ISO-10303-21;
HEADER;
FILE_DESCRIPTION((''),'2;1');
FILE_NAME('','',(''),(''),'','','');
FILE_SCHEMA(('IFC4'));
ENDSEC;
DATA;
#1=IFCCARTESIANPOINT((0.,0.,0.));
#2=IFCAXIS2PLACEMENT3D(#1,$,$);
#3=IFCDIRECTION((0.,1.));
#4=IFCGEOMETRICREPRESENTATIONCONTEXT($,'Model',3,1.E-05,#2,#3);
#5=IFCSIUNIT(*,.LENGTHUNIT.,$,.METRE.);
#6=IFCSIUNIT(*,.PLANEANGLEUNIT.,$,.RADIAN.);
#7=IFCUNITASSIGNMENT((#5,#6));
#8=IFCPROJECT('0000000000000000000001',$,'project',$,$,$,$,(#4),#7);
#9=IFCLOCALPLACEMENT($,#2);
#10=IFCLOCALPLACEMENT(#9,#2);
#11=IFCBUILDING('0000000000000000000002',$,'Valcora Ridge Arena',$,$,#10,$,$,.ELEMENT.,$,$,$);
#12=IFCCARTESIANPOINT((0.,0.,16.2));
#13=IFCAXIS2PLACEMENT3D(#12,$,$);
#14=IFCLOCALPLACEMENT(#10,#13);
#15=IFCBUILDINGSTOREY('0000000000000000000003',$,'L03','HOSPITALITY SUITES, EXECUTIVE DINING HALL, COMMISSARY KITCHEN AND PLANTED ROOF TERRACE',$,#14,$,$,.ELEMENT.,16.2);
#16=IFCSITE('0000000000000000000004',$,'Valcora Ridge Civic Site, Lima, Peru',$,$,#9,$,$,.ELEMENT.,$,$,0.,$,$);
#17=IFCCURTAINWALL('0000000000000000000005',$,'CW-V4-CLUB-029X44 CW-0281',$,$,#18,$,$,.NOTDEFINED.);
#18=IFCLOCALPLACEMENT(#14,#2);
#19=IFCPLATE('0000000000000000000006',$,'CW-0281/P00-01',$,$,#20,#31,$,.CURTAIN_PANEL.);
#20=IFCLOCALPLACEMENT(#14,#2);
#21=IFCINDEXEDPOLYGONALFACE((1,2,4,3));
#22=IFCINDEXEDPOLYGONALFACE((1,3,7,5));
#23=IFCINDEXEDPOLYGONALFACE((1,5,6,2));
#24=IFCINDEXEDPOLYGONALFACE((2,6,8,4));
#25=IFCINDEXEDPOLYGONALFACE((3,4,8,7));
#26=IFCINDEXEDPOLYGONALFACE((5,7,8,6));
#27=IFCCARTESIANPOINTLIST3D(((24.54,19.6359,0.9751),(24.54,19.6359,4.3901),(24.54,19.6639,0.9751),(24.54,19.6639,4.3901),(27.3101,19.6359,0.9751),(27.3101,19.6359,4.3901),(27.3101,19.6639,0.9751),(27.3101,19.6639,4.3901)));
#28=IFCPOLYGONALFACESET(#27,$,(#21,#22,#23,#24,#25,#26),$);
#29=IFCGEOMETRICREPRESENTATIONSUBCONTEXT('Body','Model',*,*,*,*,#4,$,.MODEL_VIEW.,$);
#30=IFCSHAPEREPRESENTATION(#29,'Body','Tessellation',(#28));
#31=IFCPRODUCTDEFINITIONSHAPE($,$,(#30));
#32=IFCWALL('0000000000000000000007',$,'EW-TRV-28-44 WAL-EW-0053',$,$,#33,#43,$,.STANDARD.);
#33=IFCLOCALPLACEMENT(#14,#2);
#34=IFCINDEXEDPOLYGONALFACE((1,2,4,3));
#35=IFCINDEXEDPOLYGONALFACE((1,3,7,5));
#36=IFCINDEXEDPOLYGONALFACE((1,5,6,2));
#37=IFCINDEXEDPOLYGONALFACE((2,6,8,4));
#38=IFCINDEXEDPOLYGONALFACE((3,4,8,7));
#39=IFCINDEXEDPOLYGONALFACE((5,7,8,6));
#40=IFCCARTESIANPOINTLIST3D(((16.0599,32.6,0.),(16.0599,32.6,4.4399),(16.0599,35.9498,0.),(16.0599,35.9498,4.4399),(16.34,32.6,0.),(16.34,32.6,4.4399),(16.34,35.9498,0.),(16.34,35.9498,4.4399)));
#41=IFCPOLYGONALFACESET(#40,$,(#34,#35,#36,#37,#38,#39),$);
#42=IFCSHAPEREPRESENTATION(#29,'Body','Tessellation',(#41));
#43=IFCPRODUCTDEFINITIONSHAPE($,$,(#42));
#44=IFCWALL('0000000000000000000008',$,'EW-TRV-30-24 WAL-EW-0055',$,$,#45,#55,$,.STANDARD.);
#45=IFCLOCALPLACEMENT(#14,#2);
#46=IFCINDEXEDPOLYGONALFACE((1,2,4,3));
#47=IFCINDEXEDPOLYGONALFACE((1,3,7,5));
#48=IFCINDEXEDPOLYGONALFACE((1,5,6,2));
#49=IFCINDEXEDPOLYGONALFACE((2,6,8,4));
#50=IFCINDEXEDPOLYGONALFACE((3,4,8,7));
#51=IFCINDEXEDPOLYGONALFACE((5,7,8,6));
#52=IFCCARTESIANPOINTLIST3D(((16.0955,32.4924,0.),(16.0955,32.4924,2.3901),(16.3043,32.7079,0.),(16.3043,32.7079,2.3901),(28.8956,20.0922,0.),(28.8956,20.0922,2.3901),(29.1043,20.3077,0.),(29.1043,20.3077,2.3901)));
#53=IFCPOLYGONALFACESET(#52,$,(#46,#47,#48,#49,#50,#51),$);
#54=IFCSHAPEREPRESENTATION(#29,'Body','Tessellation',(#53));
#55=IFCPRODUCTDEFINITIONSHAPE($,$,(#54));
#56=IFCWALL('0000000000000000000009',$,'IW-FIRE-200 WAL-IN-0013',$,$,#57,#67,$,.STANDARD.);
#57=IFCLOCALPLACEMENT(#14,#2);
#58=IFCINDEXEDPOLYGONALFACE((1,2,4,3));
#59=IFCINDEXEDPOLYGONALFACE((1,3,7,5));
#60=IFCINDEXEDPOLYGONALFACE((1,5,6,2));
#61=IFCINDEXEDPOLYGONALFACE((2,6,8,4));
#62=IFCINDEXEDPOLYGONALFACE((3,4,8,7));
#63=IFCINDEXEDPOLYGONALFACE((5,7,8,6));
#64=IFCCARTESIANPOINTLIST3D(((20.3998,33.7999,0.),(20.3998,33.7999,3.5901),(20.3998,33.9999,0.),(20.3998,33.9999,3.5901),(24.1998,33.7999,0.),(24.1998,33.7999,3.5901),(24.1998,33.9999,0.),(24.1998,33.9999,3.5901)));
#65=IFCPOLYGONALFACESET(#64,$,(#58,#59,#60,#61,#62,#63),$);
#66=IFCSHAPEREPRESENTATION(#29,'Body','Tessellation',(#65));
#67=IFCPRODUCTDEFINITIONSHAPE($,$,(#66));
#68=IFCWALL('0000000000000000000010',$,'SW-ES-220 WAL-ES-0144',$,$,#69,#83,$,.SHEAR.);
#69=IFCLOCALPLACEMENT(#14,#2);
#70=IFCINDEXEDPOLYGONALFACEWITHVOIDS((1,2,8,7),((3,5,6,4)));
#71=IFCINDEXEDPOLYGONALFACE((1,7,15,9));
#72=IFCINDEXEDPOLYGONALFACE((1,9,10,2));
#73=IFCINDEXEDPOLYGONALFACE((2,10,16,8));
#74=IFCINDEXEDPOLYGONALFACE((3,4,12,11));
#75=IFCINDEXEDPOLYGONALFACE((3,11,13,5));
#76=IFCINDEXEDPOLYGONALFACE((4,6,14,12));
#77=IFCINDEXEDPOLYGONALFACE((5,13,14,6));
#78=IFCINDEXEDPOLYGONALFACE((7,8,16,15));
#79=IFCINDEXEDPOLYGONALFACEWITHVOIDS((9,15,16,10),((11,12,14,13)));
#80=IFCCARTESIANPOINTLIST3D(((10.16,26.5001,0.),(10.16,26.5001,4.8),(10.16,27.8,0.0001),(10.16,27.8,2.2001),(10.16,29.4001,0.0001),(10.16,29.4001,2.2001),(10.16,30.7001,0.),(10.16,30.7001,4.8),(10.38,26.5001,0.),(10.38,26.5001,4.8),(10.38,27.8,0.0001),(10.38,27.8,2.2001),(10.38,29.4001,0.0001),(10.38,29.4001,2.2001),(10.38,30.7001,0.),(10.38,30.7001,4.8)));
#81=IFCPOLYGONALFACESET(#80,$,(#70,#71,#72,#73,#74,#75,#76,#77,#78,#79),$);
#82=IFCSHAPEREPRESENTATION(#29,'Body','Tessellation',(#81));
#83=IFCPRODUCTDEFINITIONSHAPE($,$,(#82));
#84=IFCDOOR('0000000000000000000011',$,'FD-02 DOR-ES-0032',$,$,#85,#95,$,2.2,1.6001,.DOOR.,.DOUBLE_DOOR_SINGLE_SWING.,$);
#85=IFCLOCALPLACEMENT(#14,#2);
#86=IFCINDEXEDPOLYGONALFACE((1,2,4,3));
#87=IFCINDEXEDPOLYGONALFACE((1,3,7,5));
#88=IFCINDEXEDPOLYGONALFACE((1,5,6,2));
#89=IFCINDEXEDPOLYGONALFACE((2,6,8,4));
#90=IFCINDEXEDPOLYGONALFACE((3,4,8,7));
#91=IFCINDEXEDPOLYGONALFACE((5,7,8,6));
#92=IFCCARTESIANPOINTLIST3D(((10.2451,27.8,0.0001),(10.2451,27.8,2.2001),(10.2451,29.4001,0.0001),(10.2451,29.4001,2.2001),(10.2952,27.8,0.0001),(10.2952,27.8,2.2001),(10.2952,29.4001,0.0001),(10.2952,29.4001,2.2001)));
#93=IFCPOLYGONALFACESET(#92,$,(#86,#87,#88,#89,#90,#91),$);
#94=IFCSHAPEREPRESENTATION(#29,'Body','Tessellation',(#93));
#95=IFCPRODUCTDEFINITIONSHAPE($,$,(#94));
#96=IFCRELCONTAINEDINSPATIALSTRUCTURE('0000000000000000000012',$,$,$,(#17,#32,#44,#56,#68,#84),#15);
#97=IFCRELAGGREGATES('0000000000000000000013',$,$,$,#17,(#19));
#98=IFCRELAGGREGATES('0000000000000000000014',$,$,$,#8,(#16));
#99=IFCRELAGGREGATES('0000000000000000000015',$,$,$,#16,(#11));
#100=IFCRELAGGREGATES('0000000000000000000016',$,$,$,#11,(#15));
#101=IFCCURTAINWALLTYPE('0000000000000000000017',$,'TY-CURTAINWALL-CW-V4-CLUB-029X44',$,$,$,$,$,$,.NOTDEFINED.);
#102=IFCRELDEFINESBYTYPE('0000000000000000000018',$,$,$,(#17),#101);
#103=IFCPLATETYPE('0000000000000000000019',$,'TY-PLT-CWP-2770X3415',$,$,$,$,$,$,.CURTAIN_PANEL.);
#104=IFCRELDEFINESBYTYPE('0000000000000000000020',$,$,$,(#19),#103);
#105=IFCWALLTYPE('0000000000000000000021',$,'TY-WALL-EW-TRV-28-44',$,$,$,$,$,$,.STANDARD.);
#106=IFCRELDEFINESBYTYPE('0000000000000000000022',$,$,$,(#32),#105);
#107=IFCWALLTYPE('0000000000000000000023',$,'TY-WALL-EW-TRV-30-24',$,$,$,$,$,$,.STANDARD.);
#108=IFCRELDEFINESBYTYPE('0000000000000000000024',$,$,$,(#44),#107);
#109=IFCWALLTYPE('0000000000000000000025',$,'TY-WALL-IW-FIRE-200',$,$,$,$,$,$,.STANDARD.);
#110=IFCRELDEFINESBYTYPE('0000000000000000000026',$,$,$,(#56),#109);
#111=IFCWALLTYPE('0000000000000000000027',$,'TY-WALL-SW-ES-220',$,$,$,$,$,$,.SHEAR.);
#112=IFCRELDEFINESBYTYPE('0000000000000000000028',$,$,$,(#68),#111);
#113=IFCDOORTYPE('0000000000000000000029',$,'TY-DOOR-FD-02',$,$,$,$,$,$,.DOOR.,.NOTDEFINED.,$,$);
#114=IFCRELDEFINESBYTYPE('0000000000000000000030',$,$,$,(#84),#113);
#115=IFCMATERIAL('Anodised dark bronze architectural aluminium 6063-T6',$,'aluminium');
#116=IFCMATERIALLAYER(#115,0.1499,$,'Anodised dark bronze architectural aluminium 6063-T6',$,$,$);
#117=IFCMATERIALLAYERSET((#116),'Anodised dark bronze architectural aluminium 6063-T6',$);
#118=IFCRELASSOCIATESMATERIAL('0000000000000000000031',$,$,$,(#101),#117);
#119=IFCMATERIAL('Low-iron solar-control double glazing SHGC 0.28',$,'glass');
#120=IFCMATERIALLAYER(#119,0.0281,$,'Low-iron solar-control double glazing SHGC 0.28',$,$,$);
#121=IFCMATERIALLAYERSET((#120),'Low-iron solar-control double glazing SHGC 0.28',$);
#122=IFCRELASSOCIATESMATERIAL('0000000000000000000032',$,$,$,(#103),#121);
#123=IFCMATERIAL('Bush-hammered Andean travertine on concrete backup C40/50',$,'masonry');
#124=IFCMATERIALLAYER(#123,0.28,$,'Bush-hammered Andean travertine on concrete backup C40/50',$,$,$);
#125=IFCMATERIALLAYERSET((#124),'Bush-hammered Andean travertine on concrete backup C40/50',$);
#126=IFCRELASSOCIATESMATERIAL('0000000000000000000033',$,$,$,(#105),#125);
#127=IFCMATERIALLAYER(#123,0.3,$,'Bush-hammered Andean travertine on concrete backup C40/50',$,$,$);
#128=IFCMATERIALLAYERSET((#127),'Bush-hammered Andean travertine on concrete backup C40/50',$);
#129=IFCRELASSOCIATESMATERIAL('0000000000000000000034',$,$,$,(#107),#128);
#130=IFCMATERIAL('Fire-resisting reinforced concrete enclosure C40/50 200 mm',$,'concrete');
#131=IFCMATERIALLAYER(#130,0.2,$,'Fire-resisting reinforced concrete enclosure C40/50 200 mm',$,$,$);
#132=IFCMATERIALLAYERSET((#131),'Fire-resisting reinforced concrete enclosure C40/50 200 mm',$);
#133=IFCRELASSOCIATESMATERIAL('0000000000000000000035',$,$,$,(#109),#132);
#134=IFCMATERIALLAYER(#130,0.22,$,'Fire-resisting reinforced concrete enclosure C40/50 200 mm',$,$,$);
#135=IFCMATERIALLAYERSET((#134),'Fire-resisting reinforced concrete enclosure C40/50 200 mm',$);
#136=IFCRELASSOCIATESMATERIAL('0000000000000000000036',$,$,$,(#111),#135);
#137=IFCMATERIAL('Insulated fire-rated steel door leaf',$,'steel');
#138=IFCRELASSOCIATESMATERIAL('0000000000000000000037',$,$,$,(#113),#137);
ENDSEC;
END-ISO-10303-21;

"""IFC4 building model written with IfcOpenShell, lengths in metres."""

from ifc_helpers import new_model, si_unit, direction, frame, frame_2d, origin, origin_2d, place, context, subcontext, project, spatial, rectangle, extrude, material, layer, layer_set, type_object, element, fill, aggregate, save


model = new_model("IFC4")

# Units and contexts
model_context = context("Model", 3, precision=1e-05, world=origin(), true_north=direction((0.0, 1.0)))
body_context = subcontext(model_context, "Body", "Model", "MODEL_VIEW")
ifc_project = project(units=[si_unit("LENGTHUNIT", "METRE"), si_unit("PLANEANGLEUNIT", "RADIAN")], contexts=[model_context])

# Site, building, storey
site_placement = place(None, origin())
site = spatial("IfcSite", under=ifc_project, at=site_placement, Name="Valcora Ridge Civic Site, Lima, Peru", CompositionType="ELEMENT", RefElevation=0.0)
building_placement = place(site_placement, origin())
building = spatial("IfcBuilding", under=site, at=building_placement, Name="Valcora Ridge Arena", CompositionType="ELEMENT")
storey_placement = place(building_placement, frame((0.0, 0.0, 16.2)))
storey = spatial("IfcBuildingStorey", under=building, at=storey_placement, Name="L03", Description="HOSPITALITY SUITES, EXECUTIVE DINING HALL, COMMISSARY KITCHEN AND PLANTED ROOF TERRACE", CompositionType="ELEMENT", Elevation=16.2)

# Shared definitions
ifc_material_1 = material(Name="Anodised dark bronze architectural aluminium 6063-T6", Category="aluminium")

# Curtain wall
ifc_layer_1 = layer(ifc_material_1, 0.1499, Name="Anodised dark bronze architectural aluminium 6063-T6")
ifc_layer_set_1 = layer_set([ifc_layer_1], Name="Anodised dark bronze architectural aluminium 6063-T6")
curtain_wall_type_1 = type_object("IfcCurtainWallType", Name="TY-CURTAINWALL-CW-V4-CLUB-029X44", PredefinedType="NOTDEFINED", material=ifc_layer_set_1)
curtain_wall_1_placement = place(storey_placement, origin())
curtain_wall_1 = element("IfcCurtainWall", 1, at=curtain_wall_1_placement, inside=storey, type_object=curtain_wall_type_1, Name="CW-V4-CLUB-029X44 CW-0281", PredefinedType="NOTDEFINED")

# Plate
ifc_material_2 = material(Name="Low-iron solar-control double glazing SHGC 0.28", Category="glass")
ifc_layer_2 = layer(ifc_material_2, 0.0281, Name="Low-iron solar-control double glazing SHGC 0.28")
ifc_layer_set_2 = layer_set([ifc_layer_2], Name="Low-iron solar-control double glazing SHGC 0.28")
plate_type_1 = type_object("IfcPlateType", Name="TY-PLT-CWP-2770X3415", PredefinedType="CURTAIN_PANEL", material=ifc_layer_set_2)
plate_1_placement = place(storey_placement, frame((25.925, 19.6499, 0.9751), z_axis=(0.0, 0.0, 1.0), x_axis=(1.0, 0.0, 0.0)))
plate_1 = element("IfcPlate", 2, at=plate_1_placement, type_object=plate_type_1, Name="CW-0281/P00-01", PredefinedType="CURTAIN_PANEL", context=body_context, shape_type="SweptSolid", body=[
    extrude(rectangle(XDim=2.77, YDim=0.0281, at=origin_2d()), origin(), (0.0, 0.0, 1.0), 3.415),
])
aggregate(curtain_wall_1, [plate_1])

# Walls
ifc_material_3 = material(Name="Bush-hammered Andean travertine on concrete backup C40/50", Category="masonry")
ifc_layer_3 = layer(ifc_material_3, 0.28, Name="Bush-hammered Andean travertine on concrete backup C40/50")
ifc_layer_set_3 = layer_set([ifc_layer_3], Name="Bush-hammered Andean travertine on concrete backup C40/50")
wall_type_1 = type_object("IfcWallType", Name="TY-WALL-EW-TRV-28-44", PredefinedType="STANDARD", material=ifc_layer_set_3)
wall_1_placement = place(storey_placement, frame((16.2, 32.6001, 0.0), z_axis=(0.0, 0.0, 1.0), x_axis=(0.0, 1.0, 0.0)))
element("IfcWall", 3, at=wall_1_placement, inside=storey, type_object=wall_type_1, Name="EW-TRV-28-44 WAL-EW-0053", PredefinedType="STANDARD", context=body_context, shape_type="SweptSolid", body=[
    extrude(rectangle(XDim=3.3499, YDim=0.28, at=frame_2d((1.6748, 0.0))), origin(), (0.0, 0.0, 1.0), 4.4399),
])
ifc_layer_4 = layer(ifc_material_3, 0.3, Name="Bush-hammered Andean travertine on concrete backup C40/50")
ifc_layer_set_4 = layer_set([ifc_layer_4], Name="Bush-hammered Andean travertine on concrete backup C40/50")
wall_type_2 = type_object("IfcWallType", Name="TY-WALL-EW-TRV-30-24", PredefinedType="STANDARD", material=ifc_layer_set_4)
wall_2_placement = place(storey_placement, frame((16.2, 32.6001, 0.0), z_axis=(0.0, 0.0, 1.0), x_axis=(0.718237, -0.695798, 0.0)))
element("IfcWall", 4, at=wall_2_placement, inside=storey, type_object=wall_type_2, Name="EW-TRV-30-24 WAL-EW-0055", PredefinedType="STANDARD", context=body_context, shape_type="SweptSolid", body=[
    extrude(rectangle(XDim=17.8215, YDim=0.3, at=frame_2d((8.9106, 0.0))), origin(), (0.0, 0.0, 1.0), 2.3901),
])
ifc_material_4 = material(Name="Fire-resisting reinforced concrete enclosure C40/50 200 mm", Category="concrete")
ifc_layer_5 = layer(ifc_material_4, 0.2, Name="Fire-resisting reinforced concrete enclosure C40/50 200 mm")
ifc_layer_set_5 = layer_set([ifc_layer_5], Name="Fire-resisting reinforced concrete enclosure C40/50 200 mm")
wall_type_3 = type_object("IfcWallType", Name="TY-WALL-IW-FIRE-200", PredefinedType="STANDARD", material=ifc_layer_set_5)
wall_3_placement = place(storey_placement, frame((20.3999, 33.8999, 0.0), z_axis=(0.0, 0.0, 1.0), x_axis=(1.0, 0.0, 0.0)))
element("IfcWall", 5, at=wall_3_placement, inside=storey, type_object=wall_type_3, Name="IW-FIRE-200 WAL-IN-0013", PredefinedType="STANDARD", context=body_context, shape_type="SweptSolid", body=[
    extrude(rectangle(XDim=3.8, YDim=0.2, at=frame_2d((1.8999, 0.0))), origin(), (0.0, 0.0, 1.0), 3.5901),
])

# Wall, opening, door
ifc_layer_6 = layer(ifc_material_4, 0.22, Name="Fire-resisting reinforced concrete enclosure C40/50 200 mm")
ifc_layer_set_6 = layer_set([ifc_layer_6], Name="Fire-resisting reinforced concrete enclosure C40/50 200 mm")
wall_type_4 = type_object("IfcWallType", Name="TY-WALL-SW-ES-220", PredefinedType="SHEAR", material=ifc_layer_set_6)
wall_4_placement = place(storey_placement, frame((10.27, 26.5, 0.0), z_axis=(0.0, 0.0, 1.0), x_axis=(0.0, 1.0, 0.0)))
wall_4 = element("IfcWall", 6, at=wall_4_placement, inside=storey, type_object=wall_type_4, Name="SW-ES-220 WAL-ES-0144", PredefinedType="SHEAR", context=body_context, shape_type="SweptSolid", body=[
    extrude(rectangle(XDim=4.2, YDim=0.22, at=frame_2d((2.1001, 0.0))), origin(), (0.0, 0.0, 1.0), 4.8),
])
opening_placement = place(wall_4_placement, frame((1.3, 0.0, 0.0)))
opening = element("IfcOpeningElement", 7, at=opening_placement, cuts=wall_4, PredefinedType="OPENING", context=body_context, shape_type="SweptSolid", body=[
    extrude(rectangle(XDim=1.6001, YDim=2.2, at=frame_2d((0.8, 1.1001))), frame((0.0, 0.1199, 0.0), z_axis=(0.0, -1.0, 0.0), x_axis=(1.0, 0.0, 0.0)), (0.0, 0.0, 1.0), 0.24),
])
ifc_material_5 = material(Name="Insulated fire-rated steel door leaf", Category="steel")
door_type = type_object("IfcDoorType", Name="TY-DOOR-FD-02", OperationType="NOTDEFINED", PredefinedType="DOOR", material=ifc_material_5)
door_placement = place(opening_placement, origin())
door = element("IfcDoor", 8, at=door_placement, inside=storey, type_object=door_type, Name="FD-02 DOR-ES-0032", OperationType="DOUBLE_DOOR_SINGLE_SWING", OverallHeight=2.2, OverallWidth=1.6001, PredefinedType="DOOR", context=body_context, shape_type="SweptSolid", body=[
    extrude(rectangle(XDim=1.6001, YDim=2.2, at=frame_2d((0.8, 1.1001))), frame((0.0, 0.0249, 0.0), z_axis=(0.0, -1.0, 0.0), x_axis=(1.0, 0.0, 0.0)), (0.0, 0.0, 1.0), 0.05),
])
fill(opening, door)

save(model, "model.ifc")
